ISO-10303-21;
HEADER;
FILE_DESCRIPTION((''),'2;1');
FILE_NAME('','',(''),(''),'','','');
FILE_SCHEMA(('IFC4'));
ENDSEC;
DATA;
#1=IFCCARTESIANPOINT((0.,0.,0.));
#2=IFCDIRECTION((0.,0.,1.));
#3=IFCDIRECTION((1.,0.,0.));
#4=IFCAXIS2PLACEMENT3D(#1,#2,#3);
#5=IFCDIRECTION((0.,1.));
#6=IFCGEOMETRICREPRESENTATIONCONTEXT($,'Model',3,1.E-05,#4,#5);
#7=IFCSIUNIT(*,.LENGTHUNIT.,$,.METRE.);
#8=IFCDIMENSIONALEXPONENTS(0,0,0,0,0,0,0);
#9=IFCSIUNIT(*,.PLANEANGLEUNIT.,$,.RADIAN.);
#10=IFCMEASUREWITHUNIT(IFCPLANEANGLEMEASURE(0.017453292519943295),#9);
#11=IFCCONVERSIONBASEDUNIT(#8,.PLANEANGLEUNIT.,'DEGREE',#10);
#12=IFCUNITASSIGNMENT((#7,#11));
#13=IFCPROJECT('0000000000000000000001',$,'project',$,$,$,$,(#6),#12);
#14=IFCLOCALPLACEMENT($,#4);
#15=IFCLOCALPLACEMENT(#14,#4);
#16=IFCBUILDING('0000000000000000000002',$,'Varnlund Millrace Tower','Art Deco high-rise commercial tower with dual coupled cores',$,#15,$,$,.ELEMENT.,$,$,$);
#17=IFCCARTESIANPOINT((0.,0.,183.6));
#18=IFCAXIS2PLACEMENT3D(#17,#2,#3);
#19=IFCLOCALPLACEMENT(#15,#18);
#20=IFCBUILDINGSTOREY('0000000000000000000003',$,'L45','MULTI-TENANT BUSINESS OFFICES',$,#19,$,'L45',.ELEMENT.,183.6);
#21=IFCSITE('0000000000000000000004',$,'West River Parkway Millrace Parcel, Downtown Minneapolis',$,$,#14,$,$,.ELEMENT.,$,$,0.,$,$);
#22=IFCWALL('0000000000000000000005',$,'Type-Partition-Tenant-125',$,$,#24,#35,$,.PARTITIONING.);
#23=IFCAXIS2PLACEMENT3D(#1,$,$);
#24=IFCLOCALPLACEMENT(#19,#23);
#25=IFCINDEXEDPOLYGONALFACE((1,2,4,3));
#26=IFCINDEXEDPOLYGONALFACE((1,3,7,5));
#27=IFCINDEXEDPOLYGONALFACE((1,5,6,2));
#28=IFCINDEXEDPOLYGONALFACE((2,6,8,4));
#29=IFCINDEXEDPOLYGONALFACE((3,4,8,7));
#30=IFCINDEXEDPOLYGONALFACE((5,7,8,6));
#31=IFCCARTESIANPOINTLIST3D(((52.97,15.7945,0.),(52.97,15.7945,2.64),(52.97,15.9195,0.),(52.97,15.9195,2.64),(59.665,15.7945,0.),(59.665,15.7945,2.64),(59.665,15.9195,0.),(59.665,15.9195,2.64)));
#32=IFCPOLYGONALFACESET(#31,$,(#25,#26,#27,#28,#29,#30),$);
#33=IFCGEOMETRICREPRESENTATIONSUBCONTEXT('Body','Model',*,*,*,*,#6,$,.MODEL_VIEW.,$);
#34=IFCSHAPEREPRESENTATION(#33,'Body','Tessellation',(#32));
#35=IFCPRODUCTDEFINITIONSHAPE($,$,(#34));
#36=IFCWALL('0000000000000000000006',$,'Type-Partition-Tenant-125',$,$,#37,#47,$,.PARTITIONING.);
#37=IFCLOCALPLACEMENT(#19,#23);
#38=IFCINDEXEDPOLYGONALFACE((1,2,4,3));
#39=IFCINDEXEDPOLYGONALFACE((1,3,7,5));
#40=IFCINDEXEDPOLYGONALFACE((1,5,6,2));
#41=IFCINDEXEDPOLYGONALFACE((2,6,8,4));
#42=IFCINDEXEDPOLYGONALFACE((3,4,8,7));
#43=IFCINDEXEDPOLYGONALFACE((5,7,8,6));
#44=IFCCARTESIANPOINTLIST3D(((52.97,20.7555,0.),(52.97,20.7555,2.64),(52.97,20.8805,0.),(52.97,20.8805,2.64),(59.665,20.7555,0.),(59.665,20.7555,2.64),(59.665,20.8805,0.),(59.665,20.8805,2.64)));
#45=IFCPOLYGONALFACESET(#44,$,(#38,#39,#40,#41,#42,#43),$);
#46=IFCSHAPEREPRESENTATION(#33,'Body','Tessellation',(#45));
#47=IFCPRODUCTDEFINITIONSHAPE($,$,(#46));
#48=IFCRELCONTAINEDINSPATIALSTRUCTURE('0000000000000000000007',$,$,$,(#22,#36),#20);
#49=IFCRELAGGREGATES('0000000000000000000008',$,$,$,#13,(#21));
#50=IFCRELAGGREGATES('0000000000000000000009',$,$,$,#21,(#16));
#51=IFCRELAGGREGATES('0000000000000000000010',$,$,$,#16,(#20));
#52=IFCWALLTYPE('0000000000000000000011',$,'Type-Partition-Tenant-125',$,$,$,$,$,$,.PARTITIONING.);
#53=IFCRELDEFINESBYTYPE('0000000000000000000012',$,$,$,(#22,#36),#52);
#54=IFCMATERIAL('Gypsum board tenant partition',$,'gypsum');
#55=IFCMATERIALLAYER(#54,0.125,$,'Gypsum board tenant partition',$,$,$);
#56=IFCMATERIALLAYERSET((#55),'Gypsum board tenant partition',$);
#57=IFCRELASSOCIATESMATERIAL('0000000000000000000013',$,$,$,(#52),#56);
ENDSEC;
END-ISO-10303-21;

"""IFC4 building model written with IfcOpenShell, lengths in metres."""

from ifc_helpers import new_model, entity, si_unit, converted_unit, direction, frame, origin_with_axes, place, context, subcontext, project, spatial, polyline, outline, extrude, material, layer, layer_set, type_object, element, save


model = new_model("IFC4")

# Units and contexts
model_context = context("Model", 3, precision=1e-05, world=origin_with_axes(), true_north=direction((0.0, 1.0)))
body_context = subcontext(model_context, "Body", "Model", "MODEL_VIEW")
ifc_project = project(units=[si_unit("LENGTHUNIT", "METRE"), converted_unit("PLANEANGLEUNIT", "DEGREE", entity("IfcPlaneAngleMeasure", 0.017453292519943295), si_unit("PLANEANGLEUNIT", "RADIAN"), dimensions=[0, 0, 0, 0, 0, 0, 0])], contexts=[model_context])

# Site, building, storey
site_placement = place(None, origin_with_axes())
site = spatial("IfcSite", under=ifc_project, at=site_placement, Name="West River Parkway Millrace Parcel, Downtown Minneapolis", CompositionType="ELEMENT", RefElevation=0.0)
building_placement = place(site_placement, origin_with_axes())
building = spatial("IfcBuilding", under=site, at=building_placement, Name="Varnlund Millrace Tower", Description="Art Deco high-rise commercial tower with dual coupled cores", CompositionType="ELEMENT")
storey_placement = place(building_placement, frame((0.0, 0.0, 183.6), z_axis=(0.0, 0.0, 1.0), x_axis=(1.0, 0.0, 0.0)))
storey = spatial("IfcBuildingStorey", under=building, at=storey_placement, Name="L45", Description="MULTI-TENANT BUSINESS OFFICES", LongName="L45", CompositionType="ELEMENT", Elevation=183.6)

# Walls
ifc_material_1 = material(Name="Gypsum board tenant partition", Category="gypsum")
ifc_layer_1 = layer(ifc_material_1, 0.125, Name="Gypsum board tenant partition")
ifc_layer_set_1 = layer_set([ifc_layer_1], Name="Gypsum board tenant partition")
wall_type_1 = type_object("IfcWallType", Name="Type-Partition-Tenant-125", PredefinedType="PARTITIONING", material=ifc_layer_set_1)
for number, where, z_axis, x_axis, name in (
    (1, (52.97, 15.857, 0.0), (0.0, 0.0, 1.0), (1.0, 0.0, 0.0), "Type-Partition-Tenant-125"),
    (2, (52.97, 20.818, 0.0), (0.0, 0.0, 1.0), (1.0, 0.0, 0.0), "Type-Partition-Tenant-125"),
):
    element("IfcWall", number, at=place(storey_placement, frame(where, z_axis=z_axis, x_axis=x_axis)), inside=storey, type_object=wall_type_1, Name=name, PredefinedType="PARTITIONING", context=body_context, shape_type="SweptSolid", body=[
        extrude(outline(polyline([(0.0, -0.0625), (6.695, -0.0625), (6.695, 0.0625), (0.0, 0.0625), (0.0, -0.0625)])), origin_with_axes(), (0.0, 0.0, 1.0), 2.64),
    ])

save(model, "model.ifc")
